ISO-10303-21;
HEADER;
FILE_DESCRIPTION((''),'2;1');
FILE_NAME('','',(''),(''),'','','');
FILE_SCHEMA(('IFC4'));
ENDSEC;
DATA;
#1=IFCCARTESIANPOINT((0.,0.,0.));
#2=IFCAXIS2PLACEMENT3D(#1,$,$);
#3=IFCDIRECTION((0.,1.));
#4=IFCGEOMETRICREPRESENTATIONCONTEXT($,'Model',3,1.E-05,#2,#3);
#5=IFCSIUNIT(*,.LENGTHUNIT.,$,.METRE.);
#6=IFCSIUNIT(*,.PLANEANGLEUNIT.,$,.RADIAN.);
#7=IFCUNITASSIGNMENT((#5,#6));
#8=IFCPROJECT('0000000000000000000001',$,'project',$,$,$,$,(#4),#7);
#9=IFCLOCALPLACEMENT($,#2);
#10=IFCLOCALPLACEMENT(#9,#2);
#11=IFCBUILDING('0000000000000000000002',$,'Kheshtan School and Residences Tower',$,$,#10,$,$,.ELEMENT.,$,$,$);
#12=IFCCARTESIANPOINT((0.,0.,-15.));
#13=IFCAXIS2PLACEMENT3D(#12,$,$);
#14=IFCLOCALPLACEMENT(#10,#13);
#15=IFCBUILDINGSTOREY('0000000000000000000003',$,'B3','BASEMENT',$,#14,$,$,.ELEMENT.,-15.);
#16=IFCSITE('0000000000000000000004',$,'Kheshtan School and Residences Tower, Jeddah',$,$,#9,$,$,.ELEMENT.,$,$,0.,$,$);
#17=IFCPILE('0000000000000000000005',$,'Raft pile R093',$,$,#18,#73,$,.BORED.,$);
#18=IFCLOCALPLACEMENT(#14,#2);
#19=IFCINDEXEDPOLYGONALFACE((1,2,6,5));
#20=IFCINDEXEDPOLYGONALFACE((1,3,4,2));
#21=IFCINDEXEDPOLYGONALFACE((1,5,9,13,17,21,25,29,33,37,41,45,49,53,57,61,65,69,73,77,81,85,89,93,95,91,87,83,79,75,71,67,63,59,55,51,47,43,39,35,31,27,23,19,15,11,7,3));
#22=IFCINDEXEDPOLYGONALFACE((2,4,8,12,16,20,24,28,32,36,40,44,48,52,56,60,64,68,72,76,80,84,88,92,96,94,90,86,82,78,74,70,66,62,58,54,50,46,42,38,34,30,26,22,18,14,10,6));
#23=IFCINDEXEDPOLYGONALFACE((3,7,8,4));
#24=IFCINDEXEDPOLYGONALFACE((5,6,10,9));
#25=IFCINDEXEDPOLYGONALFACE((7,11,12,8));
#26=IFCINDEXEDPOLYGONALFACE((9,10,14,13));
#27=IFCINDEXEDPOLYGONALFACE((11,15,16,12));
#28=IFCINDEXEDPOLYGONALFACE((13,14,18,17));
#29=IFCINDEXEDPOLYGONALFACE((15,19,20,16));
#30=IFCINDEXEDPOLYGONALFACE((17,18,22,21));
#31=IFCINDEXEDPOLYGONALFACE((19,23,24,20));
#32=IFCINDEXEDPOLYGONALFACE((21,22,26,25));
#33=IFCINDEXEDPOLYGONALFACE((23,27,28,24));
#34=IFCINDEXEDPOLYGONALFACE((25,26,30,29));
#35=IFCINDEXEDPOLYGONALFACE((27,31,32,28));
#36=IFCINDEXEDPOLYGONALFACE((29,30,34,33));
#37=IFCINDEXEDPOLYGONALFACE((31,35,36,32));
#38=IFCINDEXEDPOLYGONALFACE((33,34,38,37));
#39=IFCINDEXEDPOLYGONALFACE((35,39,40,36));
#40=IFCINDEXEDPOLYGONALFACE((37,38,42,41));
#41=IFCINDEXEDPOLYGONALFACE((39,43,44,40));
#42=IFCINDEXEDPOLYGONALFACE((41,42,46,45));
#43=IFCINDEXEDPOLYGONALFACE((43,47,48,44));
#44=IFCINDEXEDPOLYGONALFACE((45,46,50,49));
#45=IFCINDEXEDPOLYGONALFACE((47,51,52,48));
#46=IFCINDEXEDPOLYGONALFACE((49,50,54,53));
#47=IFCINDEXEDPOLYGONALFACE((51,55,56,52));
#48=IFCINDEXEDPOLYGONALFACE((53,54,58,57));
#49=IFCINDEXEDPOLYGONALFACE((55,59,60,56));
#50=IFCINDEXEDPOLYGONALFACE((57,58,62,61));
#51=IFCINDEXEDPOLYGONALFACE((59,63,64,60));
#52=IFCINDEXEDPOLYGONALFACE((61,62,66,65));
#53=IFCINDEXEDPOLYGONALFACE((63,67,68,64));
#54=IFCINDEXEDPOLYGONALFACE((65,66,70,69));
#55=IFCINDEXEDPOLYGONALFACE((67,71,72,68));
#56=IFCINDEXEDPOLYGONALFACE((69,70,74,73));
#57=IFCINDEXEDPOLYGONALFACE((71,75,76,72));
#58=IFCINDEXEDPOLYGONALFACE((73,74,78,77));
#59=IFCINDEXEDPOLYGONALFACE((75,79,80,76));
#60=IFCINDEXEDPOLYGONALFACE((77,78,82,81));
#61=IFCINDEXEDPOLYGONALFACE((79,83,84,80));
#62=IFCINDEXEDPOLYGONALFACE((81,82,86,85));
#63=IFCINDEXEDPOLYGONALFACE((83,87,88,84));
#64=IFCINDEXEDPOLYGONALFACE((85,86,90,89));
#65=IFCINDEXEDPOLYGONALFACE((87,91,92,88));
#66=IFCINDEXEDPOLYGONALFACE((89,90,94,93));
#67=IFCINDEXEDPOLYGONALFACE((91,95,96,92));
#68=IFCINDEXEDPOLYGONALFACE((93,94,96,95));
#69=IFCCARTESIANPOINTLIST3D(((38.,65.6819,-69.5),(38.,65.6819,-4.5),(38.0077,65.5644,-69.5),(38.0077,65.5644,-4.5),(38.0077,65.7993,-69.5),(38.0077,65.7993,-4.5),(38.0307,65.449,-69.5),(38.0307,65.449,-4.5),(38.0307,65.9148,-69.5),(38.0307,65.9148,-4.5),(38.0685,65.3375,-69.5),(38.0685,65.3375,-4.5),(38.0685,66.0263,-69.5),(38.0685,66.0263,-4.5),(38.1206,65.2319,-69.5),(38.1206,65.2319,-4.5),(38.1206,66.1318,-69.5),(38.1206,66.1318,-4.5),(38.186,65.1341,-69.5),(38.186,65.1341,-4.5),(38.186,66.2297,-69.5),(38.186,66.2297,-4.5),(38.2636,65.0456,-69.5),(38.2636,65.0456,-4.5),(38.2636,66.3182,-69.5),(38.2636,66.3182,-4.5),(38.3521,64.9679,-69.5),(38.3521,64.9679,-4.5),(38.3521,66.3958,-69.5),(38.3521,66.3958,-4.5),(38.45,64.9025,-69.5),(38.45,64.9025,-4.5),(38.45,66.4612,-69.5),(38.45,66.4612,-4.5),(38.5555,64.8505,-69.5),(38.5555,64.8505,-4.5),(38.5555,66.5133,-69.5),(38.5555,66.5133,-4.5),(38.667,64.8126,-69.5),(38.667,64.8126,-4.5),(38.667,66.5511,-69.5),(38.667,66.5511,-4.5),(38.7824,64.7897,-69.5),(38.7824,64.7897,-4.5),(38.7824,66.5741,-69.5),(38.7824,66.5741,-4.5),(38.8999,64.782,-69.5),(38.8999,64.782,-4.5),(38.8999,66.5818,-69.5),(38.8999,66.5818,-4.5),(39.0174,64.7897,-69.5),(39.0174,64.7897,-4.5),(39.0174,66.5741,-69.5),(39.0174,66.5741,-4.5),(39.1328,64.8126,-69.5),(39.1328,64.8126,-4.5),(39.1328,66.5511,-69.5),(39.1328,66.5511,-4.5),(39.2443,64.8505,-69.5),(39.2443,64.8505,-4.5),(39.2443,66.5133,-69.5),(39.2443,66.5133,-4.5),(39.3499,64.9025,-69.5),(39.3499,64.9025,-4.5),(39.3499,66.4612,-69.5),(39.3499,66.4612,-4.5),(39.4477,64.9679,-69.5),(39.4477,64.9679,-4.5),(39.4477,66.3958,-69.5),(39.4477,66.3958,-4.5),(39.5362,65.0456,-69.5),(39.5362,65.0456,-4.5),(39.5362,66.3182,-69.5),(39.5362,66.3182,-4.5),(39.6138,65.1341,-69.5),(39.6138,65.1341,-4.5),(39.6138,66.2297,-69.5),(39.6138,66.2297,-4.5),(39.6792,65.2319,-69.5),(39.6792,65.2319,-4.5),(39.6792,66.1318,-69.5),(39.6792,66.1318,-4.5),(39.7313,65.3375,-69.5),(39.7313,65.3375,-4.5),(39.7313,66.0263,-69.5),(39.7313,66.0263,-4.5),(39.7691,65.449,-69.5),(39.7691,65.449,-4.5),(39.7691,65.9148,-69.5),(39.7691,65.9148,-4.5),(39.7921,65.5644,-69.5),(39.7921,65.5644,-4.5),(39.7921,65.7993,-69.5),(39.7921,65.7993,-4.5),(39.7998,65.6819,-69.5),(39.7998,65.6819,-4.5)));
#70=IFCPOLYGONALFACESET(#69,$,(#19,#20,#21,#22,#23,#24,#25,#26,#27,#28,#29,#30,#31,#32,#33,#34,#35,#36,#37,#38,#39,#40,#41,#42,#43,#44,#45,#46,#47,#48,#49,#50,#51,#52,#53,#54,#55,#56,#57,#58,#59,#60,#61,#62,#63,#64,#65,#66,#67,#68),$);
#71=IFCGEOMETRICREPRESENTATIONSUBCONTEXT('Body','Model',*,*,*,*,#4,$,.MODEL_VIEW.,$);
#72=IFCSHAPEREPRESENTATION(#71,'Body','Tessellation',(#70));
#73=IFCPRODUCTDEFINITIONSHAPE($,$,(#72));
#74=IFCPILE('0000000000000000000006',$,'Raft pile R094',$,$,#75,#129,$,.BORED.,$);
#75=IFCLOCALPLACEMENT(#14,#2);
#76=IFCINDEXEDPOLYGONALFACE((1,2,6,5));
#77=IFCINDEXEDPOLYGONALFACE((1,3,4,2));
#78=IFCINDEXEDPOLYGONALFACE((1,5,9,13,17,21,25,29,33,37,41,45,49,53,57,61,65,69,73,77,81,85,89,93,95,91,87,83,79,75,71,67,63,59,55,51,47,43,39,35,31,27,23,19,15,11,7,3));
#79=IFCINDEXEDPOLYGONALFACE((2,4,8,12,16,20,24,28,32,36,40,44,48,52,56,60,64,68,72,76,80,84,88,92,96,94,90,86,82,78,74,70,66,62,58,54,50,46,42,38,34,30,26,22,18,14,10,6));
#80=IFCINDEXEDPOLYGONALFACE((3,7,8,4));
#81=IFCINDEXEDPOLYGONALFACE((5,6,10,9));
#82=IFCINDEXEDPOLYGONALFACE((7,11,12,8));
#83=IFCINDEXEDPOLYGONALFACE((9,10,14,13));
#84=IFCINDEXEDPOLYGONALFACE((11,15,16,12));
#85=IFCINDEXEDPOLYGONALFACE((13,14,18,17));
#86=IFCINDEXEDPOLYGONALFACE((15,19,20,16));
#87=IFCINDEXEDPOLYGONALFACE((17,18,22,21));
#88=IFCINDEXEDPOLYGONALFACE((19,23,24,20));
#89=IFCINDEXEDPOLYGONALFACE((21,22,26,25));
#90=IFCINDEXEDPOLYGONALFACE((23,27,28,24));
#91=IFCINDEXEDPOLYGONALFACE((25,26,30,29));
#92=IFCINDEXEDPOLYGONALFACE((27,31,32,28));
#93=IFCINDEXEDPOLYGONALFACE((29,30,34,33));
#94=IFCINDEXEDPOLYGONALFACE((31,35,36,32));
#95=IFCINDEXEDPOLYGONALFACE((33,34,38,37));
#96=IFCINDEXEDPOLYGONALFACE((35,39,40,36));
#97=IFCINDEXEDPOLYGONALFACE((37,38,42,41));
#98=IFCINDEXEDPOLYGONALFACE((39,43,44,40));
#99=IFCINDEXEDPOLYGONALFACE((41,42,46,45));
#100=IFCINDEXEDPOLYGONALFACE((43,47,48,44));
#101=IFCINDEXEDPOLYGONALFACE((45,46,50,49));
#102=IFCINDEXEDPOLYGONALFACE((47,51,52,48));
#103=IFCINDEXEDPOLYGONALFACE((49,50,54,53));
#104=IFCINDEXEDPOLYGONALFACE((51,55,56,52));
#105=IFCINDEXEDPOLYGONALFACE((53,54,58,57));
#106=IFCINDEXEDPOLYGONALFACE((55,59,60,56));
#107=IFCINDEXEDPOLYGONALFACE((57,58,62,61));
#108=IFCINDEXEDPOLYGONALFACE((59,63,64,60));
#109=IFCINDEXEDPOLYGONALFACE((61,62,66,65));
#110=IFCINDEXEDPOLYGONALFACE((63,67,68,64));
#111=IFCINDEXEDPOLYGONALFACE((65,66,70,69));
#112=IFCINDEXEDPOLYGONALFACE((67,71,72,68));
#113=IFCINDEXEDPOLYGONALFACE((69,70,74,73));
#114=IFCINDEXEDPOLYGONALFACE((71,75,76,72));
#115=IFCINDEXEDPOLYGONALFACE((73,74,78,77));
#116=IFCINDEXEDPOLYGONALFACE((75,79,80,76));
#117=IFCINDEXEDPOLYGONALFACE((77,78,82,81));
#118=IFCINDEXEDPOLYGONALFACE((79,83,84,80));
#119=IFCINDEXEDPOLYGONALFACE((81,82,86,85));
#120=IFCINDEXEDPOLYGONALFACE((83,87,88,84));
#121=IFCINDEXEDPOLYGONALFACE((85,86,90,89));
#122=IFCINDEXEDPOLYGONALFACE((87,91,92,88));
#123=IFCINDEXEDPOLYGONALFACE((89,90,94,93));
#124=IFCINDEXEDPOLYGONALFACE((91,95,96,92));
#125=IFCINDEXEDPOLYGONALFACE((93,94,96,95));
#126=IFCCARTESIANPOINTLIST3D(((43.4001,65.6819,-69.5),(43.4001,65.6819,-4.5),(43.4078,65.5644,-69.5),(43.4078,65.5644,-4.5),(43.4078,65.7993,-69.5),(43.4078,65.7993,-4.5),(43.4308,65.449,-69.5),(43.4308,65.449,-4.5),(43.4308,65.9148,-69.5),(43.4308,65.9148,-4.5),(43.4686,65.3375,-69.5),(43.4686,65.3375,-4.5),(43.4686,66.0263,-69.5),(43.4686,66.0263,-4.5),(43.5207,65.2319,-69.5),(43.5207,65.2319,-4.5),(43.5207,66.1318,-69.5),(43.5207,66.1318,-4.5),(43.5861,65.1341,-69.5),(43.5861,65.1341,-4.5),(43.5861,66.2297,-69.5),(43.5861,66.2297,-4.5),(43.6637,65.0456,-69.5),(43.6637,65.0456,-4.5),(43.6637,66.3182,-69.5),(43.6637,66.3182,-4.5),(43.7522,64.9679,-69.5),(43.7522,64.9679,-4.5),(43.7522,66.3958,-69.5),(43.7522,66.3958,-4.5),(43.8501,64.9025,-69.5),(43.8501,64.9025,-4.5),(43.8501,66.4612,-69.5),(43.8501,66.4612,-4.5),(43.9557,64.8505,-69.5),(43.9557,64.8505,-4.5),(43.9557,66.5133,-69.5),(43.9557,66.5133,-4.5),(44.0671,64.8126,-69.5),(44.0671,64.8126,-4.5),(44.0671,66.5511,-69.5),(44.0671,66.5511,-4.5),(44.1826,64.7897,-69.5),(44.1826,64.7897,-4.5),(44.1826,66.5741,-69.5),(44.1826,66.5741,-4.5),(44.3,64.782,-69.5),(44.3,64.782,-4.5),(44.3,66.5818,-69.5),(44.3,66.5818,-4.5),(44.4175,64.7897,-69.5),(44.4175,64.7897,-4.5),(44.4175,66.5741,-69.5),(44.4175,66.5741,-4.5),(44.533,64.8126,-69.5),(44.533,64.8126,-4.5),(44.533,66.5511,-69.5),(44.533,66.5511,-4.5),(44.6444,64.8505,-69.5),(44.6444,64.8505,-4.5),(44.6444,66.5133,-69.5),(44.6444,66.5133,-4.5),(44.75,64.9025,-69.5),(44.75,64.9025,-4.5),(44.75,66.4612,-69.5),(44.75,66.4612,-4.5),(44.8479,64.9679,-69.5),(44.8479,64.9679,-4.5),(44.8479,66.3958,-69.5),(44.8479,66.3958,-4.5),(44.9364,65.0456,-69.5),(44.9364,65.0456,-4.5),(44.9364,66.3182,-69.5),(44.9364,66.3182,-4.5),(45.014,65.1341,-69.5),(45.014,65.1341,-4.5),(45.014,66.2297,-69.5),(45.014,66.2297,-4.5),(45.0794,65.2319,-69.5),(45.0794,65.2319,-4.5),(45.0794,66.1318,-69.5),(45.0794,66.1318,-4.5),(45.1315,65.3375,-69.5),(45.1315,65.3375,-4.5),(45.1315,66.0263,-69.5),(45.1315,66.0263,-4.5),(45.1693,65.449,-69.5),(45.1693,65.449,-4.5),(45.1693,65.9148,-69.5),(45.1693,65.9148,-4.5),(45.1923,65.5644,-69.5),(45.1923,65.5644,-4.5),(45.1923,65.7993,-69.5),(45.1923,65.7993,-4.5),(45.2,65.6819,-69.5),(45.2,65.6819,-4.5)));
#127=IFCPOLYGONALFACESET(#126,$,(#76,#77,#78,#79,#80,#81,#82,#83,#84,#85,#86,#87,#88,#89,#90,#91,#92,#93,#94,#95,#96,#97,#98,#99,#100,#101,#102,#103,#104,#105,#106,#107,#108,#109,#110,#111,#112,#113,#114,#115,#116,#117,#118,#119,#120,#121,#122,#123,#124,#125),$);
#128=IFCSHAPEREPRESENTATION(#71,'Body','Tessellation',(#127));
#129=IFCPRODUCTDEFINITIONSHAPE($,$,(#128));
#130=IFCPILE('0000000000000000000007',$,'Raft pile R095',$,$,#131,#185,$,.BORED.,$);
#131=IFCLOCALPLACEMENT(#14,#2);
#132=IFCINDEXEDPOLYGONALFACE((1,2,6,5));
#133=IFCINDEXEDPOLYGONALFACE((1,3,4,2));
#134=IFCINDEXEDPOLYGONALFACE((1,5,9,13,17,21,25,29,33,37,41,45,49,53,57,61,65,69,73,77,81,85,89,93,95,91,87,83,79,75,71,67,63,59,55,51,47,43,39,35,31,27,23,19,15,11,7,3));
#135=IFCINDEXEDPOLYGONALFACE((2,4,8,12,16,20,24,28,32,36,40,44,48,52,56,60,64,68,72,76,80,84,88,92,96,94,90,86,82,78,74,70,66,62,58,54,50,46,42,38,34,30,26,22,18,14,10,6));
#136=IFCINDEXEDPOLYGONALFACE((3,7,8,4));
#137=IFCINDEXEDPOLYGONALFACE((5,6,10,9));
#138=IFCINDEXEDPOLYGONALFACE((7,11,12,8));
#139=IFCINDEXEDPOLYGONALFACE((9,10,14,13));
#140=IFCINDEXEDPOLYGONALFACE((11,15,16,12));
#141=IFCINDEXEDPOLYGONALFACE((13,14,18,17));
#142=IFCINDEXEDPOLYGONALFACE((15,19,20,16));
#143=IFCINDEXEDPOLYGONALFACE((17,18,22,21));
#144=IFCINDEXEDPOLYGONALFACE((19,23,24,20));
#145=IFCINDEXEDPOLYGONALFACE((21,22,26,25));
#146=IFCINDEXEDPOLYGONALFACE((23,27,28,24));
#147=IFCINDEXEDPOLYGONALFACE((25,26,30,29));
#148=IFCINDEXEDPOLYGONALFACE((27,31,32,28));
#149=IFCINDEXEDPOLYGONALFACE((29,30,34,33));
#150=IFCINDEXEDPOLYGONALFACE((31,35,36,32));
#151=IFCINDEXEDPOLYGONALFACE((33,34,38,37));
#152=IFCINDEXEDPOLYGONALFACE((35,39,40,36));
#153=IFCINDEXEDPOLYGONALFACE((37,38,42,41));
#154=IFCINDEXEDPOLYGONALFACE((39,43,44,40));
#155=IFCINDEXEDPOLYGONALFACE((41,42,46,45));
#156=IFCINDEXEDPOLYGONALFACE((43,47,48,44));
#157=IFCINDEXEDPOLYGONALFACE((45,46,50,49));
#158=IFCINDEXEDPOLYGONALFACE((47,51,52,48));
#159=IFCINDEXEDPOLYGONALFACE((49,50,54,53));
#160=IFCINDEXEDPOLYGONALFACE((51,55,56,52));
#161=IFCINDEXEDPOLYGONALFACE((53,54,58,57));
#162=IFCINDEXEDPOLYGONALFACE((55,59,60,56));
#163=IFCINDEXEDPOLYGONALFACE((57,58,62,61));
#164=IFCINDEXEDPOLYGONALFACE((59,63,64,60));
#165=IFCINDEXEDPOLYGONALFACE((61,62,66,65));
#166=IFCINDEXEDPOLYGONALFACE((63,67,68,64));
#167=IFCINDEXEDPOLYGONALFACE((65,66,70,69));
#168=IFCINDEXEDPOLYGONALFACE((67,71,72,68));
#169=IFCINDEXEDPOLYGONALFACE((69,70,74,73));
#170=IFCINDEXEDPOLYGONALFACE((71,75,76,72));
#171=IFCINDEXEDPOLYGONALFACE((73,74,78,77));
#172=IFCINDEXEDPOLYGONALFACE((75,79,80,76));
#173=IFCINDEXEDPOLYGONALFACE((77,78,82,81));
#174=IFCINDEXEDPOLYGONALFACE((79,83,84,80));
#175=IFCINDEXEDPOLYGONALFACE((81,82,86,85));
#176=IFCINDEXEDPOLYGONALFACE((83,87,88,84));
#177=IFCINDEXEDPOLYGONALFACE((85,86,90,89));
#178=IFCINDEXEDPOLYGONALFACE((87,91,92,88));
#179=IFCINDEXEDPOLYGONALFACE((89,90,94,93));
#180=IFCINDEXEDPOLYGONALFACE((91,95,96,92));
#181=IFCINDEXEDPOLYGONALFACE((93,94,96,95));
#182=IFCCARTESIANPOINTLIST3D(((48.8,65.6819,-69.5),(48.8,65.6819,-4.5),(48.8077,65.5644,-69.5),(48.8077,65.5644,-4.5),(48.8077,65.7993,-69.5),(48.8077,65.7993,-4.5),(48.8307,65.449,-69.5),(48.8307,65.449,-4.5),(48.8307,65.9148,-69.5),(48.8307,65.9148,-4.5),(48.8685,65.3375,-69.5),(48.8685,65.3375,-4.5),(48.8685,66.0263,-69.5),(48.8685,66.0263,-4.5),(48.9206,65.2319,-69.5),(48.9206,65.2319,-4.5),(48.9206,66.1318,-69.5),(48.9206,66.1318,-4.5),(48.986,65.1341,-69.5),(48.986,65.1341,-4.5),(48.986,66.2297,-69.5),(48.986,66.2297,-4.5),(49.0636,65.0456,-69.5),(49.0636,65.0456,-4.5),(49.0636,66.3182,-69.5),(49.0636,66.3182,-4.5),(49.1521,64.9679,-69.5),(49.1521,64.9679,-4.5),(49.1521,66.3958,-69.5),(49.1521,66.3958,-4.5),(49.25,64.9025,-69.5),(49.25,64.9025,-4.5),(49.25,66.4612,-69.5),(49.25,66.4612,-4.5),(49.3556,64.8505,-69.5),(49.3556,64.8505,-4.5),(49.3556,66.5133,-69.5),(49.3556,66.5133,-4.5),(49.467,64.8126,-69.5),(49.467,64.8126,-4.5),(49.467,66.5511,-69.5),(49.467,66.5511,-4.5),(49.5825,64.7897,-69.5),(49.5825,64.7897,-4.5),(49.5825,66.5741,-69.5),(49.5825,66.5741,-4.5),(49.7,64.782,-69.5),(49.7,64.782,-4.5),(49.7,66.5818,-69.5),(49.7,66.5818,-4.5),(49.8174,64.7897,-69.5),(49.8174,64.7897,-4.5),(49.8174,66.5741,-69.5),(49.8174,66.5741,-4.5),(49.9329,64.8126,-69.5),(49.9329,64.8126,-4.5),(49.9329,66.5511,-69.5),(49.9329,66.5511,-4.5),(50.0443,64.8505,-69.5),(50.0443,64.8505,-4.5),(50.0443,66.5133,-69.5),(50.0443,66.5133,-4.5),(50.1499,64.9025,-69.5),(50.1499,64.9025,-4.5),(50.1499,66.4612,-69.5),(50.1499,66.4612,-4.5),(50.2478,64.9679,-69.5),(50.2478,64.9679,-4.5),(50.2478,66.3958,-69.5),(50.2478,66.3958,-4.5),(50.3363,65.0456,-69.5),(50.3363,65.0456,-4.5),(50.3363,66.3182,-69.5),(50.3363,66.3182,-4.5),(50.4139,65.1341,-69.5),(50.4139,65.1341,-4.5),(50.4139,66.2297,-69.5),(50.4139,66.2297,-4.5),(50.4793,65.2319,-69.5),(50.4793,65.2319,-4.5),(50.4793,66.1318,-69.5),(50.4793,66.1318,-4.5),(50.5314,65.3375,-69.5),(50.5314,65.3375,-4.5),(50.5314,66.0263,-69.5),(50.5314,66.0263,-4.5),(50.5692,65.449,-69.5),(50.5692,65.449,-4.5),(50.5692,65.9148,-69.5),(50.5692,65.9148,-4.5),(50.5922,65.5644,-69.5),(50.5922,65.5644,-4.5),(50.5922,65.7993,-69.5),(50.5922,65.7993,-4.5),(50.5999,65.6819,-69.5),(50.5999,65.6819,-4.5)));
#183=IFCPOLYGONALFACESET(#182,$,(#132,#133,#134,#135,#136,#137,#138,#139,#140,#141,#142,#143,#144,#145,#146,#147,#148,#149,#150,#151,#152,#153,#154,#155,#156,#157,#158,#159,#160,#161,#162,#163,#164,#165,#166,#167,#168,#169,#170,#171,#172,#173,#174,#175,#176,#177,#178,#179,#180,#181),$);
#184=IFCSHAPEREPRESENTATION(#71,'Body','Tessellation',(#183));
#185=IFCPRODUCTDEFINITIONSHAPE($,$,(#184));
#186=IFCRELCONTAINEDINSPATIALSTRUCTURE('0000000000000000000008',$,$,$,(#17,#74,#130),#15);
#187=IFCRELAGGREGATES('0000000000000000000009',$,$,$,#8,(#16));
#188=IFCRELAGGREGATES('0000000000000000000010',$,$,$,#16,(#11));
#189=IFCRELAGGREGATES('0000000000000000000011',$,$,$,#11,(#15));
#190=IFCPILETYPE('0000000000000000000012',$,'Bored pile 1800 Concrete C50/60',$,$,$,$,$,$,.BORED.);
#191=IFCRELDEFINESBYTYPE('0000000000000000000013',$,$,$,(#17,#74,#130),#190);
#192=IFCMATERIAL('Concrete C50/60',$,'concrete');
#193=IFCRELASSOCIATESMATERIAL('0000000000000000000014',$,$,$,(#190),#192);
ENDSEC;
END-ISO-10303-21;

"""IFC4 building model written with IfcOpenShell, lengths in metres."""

from ifc_helpers import new_model, si_unit, direction, frame, origin, origin_2d, place, context, subcontext, project, spatial, circle, extrude, material, material_profile, profile_set, type_object, element, save


model = new_model("IFC4")

# Units and contexts
model_context = context("Model", 3, precision=1e-05, world=origin(), true_north=direction((0.0, 1.0)))
body_context = subcontext(model_context, "Body", "Model", "MODEL_VIEW")
ifc_project = project(units=[si_unit("LENGTHUNIT", "METRE"), si_unit("PLANEANGLEUNIT", "RADIAN")], contexts=[model_context])

# Site, building, storey
site_placement = place(None, origin())
site = spatial("IfcSite", under=ifc_project, at=site_placement, Name="Kheshtan School and Residences Tower, Jeddah", CompositionType="ELEMENT", RefElevation=0.0)
building_placement = place(site_placement, origin())
building = spatial("IfcBuilding", under=site, at=building_placement, Name="Kheshtan School and Residences Tower", CompositionType="ELEMENT")
storey_placement = place(building_placement, frame((0.0, 0.0, -15.0)))
storey = spatial("IfcBuildingStorey", under=building, at=storey_placement, Name="B3", Description="BASEMENT", CompositionType="ELEMENT", Elevation=-15.0)

# Piles
ifc_material_1 = material(Name="Concrete C50/60", Category="concrete")
ifc_material_profile_1 = material_profile(ifc_material_1, circle(Radius=0.8999, at=origin_2d()), Name="BP 1800")
ifc_profile_set_1 = profile_set([ifc_material_profile_1], Name="Concrete C50/60")
pile_type = type_object("IfcPileType", Name="Bored pile 1800 Concrete C50/60", PredefinedType="BORED", material=ifc_profile_set_1)
for number, where, z_axis, x_axis, name in (
    (1, (38.8999, 65.6819, -4.5), (0.0, 0.0, -1.0), (1.0, 0.0, 0.0), "Raft pile R093"),
    (2, (44.3, 65.6819, -4.5), (0.0, 0.0, -1.0), (1.0, 0.0, 0.0), "Raft pile R094"),
    (3, (49.7, 65.6819, -4.5), (0.0, 0.0, -1.0), (1.0, 0.0, 0.0), "Raft pile R095"),
):
    element("IfcPile", number, at=place(storey_placement, frame(where, z_axis=z_axis, x_axis=x_axis)), inside=storey, type_object=pile_type, Name=name, PredefinedType="BORED", context=body_context, shape_type="SweptSolid", body=[
        extrude(circle(Radius=0.8999, at=origin_2d()), origin(), (0.0, 0.0, 1.0), 65.0),
    ])

save(model, "model.ifc")
